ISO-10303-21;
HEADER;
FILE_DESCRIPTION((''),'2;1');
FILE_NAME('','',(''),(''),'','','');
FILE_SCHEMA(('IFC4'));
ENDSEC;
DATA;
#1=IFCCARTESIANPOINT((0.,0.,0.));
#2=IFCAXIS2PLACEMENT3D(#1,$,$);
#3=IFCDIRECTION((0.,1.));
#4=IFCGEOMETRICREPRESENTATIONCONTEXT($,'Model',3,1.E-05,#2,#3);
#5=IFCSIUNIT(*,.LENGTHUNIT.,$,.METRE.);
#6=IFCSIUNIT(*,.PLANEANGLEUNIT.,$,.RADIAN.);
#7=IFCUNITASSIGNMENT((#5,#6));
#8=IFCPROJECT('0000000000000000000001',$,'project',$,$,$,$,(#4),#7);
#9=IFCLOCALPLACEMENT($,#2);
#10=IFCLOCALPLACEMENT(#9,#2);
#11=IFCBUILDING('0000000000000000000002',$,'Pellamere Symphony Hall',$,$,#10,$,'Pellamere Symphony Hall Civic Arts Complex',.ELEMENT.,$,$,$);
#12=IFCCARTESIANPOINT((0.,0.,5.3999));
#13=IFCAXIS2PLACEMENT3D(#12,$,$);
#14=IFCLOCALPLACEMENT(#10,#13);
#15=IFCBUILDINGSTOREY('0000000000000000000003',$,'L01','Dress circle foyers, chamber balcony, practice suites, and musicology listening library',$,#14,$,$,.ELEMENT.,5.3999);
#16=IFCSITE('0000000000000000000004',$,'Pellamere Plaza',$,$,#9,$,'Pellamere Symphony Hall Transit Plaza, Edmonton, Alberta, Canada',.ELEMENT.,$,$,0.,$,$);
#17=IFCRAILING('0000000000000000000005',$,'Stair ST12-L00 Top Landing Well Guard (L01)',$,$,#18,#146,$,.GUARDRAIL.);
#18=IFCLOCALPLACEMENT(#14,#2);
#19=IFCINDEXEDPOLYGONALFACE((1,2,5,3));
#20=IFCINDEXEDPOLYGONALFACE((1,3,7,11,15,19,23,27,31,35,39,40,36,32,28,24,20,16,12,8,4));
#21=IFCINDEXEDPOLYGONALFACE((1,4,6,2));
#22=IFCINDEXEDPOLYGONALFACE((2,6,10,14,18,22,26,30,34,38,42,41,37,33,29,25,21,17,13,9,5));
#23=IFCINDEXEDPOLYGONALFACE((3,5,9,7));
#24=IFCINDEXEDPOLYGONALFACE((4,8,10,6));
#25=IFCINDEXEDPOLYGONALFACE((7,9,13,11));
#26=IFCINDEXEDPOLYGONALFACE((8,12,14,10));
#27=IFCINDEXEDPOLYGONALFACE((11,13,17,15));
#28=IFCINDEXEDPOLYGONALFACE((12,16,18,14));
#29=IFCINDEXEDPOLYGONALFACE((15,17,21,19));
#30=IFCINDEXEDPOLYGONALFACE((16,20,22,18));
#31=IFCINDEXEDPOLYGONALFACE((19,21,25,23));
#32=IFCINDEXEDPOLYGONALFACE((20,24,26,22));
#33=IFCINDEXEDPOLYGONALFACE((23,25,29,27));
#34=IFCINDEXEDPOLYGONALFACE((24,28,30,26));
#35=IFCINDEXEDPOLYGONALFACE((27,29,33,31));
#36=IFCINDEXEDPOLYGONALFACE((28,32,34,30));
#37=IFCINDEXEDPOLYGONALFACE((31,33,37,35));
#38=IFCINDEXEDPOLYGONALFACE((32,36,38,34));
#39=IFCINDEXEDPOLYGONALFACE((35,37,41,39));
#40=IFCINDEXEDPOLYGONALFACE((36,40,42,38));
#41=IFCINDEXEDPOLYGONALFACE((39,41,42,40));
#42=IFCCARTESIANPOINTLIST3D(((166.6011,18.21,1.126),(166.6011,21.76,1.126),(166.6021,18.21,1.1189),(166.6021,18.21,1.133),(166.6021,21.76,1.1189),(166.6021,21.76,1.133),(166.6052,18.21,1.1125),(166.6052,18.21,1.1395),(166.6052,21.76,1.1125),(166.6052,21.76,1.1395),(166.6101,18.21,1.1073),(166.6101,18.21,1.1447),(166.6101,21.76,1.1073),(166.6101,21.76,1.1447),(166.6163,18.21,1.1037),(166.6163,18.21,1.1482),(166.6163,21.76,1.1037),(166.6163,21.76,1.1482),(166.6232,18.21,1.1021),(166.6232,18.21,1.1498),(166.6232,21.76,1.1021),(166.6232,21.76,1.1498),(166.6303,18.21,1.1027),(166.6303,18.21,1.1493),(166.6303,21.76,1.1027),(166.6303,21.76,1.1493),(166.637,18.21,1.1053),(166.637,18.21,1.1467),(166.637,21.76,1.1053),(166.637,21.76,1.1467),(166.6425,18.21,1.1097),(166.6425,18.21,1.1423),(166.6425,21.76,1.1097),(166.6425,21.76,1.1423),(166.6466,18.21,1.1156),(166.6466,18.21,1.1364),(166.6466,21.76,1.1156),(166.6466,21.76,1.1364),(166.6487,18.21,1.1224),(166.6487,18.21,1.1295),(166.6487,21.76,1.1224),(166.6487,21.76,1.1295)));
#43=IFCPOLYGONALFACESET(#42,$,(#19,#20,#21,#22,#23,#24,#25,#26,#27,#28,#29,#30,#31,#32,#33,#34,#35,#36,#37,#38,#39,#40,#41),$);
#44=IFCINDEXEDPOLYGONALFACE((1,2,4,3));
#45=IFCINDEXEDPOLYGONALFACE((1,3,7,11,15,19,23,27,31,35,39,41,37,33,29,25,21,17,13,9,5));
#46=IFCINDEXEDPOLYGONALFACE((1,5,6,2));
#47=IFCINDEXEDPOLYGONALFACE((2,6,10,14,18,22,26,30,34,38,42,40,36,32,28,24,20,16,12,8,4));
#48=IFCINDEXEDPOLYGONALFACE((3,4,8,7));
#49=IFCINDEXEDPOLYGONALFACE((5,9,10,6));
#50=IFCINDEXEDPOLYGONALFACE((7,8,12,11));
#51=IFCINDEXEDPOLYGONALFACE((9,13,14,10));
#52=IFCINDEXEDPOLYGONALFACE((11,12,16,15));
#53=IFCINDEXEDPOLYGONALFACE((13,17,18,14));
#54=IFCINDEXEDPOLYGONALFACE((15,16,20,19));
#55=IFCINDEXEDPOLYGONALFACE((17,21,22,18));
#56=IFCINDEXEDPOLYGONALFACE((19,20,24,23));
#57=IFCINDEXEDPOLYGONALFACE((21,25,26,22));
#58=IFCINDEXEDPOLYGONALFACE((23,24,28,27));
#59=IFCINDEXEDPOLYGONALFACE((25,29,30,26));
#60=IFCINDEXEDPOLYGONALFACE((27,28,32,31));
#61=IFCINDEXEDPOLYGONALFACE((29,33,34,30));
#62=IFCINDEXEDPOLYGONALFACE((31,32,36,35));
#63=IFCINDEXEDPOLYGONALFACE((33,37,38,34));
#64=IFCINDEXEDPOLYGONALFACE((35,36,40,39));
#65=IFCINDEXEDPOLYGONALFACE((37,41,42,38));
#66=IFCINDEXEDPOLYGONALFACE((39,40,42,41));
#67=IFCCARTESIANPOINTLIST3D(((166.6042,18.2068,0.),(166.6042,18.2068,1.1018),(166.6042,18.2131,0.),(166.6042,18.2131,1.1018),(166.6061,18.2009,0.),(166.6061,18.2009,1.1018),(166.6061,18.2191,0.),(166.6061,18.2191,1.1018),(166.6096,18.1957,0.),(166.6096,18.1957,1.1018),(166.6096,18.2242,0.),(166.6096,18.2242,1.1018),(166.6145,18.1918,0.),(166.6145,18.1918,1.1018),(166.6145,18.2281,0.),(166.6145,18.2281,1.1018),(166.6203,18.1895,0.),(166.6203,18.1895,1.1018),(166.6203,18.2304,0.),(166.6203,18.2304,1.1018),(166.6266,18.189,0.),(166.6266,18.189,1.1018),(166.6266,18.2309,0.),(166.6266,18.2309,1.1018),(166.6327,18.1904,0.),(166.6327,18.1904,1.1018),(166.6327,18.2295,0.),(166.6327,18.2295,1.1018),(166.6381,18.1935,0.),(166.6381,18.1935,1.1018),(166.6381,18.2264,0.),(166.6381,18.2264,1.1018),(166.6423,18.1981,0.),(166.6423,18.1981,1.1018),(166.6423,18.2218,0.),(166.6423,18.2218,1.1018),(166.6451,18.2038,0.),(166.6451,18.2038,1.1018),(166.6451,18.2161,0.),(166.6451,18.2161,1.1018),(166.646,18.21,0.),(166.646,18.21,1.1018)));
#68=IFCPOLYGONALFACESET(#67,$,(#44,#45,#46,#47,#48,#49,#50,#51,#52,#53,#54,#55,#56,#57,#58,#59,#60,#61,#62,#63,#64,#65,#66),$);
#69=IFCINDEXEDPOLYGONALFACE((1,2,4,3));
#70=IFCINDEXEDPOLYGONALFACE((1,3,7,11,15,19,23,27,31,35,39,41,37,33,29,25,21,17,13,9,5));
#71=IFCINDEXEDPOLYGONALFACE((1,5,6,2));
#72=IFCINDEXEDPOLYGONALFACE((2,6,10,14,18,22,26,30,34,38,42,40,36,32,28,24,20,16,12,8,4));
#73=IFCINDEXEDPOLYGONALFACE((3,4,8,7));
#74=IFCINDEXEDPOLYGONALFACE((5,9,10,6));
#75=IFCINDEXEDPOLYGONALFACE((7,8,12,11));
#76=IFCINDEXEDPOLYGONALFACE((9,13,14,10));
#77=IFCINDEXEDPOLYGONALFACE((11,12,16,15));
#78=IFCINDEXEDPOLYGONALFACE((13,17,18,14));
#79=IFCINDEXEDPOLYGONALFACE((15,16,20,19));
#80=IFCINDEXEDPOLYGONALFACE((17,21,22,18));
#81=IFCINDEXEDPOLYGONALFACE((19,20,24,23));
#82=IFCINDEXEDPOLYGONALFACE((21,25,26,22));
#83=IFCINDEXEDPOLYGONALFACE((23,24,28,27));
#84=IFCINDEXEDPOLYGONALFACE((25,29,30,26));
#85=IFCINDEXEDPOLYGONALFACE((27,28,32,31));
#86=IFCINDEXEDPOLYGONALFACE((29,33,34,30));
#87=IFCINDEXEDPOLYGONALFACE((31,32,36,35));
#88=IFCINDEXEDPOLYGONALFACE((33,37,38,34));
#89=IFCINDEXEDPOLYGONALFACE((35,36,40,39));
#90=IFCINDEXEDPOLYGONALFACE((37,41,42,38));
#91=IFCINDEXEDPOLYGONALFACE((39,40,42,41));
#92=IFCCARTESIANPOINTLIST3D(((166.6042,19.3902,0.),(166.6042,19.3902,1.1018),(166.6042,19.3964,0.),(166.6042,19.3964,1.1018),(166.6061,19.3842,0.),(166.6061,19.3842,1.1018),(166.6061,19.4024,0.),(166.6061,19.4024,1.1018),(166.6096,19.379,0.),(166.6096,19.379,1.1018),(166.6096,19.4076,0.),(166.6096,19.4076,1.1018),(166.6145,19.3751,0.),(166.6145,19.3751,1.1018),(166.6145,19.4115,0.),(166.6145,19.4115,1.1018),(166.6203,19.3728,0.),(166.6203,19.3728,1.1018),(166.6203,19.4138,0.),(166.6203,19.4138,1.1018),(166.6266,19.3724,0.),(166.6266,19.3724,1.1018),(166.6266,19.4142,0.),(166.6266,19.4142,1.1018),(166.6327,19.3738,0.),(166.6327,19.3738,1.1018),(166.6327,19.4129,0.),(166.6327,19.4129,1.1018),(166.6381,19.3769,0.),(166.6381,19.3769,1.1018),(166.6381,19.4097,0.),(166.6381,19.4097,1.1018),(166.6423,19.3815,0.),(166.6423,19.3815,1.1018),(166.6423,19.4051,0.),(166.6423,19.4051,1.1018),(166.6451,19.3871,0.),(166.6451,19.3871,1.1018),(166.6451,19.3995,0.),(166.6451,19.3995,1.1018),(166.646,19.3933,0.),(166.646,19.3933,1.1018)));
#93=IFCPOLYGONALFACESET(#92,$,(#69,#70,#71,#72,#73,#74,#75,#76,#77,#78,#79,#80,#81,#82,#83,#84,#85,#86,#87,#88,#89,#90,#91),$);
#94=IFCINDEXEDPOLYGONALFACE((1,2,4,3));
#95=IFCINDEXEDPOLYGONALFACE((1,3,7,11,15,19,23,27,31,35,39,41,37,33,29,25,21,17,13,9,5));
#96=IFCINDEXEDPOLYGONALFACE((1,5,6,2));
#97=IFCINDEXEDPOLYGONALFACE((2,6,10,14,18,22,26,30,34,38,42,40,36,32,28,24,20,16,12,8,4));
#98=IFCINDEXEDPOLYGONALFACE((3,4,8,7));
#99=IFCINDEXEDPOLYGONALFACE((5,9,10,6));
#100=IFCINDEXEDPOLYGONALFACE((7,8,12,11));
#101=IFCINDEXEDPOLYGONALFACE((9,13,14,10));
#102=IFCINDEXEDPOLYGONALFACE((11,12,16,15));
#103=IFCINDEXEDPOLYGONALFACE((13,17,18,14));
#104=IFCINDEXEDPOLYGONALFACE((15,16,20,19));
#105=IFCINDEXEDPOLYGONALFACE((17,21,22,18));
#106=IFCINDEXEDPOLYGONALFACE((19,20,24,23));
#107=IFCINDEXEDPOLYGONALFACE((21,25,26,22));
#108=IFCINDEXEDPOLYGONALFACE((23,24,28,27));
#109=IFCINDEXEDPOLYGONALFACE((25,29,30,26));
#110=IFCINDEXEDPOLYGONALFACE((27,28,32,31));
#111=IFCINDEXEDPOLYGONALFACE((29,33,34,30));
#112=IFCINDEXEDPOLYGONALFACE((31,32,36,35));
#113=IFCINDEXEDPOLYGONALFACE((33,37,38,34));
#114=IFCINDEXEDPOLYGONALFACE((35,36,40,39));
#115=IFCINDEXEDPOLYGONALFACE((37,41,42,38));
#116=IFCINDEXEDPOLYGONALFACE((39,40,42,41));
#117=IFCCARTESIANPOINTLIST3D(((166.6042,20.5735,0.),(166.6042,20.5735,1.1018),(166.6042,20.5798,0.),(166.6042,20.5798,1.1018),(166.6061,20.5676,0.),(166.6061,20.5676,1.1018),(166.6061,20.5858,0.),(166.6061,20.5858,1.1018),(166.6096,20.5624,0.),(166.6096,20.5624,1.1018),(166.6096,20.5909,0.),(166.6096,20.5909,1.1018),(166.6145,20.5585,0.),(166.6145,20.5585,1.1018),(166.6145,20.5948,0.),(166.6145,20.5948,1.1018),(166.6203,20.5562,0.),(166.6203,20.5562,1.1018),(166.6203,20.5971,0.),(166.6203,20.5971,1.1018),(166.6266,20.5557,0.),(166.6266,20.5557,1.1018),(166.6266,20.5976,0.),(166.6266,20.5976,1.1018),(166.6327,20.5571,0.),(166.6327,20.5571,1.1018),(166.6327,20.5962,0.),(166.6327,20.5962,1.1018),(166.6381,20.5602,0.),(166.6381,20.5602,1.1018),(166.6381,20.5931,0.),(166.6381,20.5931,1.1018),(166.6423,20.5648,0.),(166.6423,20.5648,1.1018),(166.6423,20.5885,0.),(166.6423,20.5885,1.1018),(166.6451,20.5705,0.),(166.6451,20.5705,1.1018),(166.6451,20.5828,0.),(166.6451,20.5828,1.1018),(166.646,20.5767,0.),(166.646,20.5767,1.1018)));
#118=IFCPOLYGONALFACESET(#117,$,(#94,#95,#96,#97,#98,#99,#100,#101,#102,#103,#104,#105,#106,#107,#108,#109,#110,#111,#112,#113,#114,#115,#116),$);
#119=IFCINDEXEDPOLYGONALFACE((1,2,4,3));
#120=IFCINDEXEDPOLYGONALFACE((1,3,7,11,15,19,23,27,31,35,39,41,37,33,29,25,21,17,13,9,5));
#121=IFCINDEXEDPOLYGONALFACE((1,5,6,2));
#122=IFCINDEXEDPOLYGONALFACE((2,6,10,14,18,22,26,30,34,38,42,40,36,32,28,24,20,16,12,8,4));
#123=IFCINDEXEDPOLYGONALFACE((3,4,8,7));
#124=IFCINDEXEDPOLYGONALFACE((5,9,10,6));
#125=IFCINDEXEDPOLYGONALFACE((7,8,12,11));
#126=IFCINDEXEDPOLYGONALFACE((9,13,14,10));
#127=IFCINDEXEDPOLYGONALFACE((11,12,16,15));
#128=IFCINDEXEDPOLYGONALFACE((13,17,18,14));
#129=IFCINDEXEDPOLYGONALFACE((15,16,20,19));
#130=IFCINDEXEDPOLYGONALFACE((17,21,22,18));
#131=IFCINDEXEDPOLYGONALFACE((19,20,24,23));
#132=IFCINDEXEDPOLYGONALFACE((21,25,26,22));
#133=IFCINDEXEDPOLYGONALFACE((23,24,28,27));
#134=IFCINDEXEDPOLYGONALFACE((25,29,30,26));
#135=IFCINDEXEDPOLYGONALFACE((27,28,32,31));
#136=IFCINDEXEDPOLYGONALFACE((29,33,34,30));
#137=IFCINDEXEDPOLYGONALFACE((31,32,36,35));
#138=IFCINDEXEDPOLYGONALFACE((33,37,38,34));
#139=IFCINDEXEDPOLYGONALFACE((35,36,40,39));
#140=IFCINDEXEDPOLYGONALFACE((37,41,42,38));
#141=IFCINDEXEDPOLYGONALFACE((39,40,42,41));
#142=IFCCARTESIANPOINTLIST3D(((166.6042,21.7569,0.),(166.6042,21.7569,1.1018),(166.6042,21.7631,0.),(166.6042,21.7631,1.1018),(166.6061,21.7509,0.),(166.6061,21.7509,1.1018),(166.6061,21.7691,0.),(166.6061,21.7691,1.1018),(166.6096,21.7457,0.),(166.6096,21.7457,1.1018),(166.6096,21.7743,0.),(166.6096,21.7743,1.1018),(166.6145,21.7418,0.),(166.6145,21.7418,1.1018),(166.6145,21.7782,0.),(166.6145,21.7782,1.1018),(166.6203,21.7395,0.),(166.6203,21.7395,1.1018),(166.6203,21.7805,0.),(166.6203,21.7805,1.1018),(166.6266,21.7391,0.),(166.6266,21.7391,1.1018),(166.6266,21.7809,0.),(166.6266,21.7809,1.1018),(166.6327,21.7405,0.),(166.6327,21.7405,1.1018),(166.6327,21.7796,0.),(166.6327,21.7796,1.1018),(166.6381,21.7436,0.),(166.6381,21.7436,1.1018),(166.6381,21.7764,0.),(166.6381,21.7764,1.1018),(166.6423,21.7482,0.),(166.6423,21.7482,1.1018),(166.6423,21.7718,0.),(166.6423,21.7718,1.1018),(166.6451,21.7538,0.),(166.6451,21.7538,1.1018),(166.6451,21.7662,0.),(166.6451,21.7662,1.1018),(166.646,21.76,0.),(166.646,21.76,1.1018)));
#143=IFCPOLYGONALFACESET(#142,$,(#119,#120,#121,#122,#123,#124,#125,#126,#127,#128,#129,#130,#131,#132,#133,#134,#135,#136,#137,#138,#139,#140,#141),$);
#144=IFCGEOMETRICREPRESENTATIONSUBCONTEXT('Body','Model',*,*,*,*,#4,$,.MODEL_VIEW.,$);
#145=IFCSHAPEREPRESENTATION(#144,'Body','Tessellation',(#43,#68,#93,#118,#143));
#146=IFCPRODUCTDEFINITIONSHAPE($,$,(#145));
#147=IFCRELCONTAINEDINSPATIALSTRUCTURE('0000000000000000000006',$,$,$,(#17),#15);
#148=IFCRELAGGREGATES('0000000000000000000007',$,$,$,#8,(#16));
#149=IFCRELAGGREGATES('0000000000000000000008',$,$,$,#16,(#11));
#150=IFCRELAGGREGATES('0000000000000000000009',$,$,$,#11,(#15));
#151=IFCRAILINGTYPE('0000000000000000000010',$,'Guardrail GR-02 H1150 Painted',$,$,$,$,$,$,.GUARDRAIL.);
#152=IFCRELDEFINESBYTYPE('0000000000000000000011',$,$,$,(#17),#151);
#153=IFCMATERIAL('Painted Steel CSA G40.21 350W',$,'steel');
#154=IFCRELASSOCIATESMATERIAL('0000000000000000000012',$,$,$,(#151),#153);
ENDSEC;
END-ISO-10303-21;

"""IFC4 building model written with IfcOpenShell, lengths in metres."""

from ifc_helpers import new_model, si_unit, direction, frame, origin, origin_2d, place, context, subcontext, project, spatial, circle, extrude, material, type_object, element, save


model = new_model("IFC4")

# Units and contexts
model_context = context("Model", 3, precision=1e-05, world=origin(), true_north=direction((0.0, 1.0)))
body_context = subcontext(model_context, "Body", "Model", "MODEL_VIEW")
ifc_project = project(units=[si_unit("LENGTHUNIT", "METRE"), si_unit("PLANEANGLEUNIT", "RADIAN")], contexts=[model_context])

# Site, building, storey
site_placement = place(None, origin())
site = spatial("IfcSite", under=ifc_project, at=site_placement, Name="Pellamere Plaza", LongName="Pellamere Symphony Hall Transit Plaza, Edmonton, Alberta, Canada", CompositionType="ELEMENT", RefElevation=0.0)
building_placement = place(site_placement, origin())
building = spatial("IfcBuilding", under=site, at=building_placement, Name="Pellamere Symphony Hall", LongName="Pellamere Symphony Hall Civic Arts Complex", CompositionType="ELEMENT")
storey_placement = place(building_placement, frame((0.0, 0.0, 5.3999)))
storey = spatial("IfcBuildingStorey", under=building, at=storey_placement, Name="L01", Description="Dress circle foyers, chamber balcony, practice suites, and musicology listening library", CompositionType="ELEMENT", Elevation=5.3999)

# Railing
ifc_material_1 = material(Name="Painted Steel CSA G40.21 350W", Category="steel")
railing_type = type_object("IfcRailingType", Name="Guardrail GR-02 H1150 Painted", PredefinedType="GUARDRAIL", material=ifc_material_1)
railing_placement = place(storey_placement, frame((166.625, 18.21, 0.0)))
element("IfcRailing", 1, at=railing_placement, inside=storey, type_object=railing_type, Name="Stair ST12-L00 Top Landing Well Guard (L01)", PredefinedType="GUARDRAIL", context=body_context, shape_type="SweptSolid", body=[
    extrude(circle(Radius=0.0239, at=origin_2d()), frame((0.0, 0.0, 1.126), z_axis=(0.0, 1.0, 0.0), x_axis=(-1.0, 0.0, 0.0)), (0.0, 0.0, 1.0), 3.55),
    extrude(circle(Radius=0.021, at=origin_2d()), origin(), (0.0, 0.0, 1.0), 1.1018),
    extrude(circle(Radius=0.021, at=origin_2d()), frame((0.0, 1.1833, 0.0)), (0.0, 0.0, 1.0), 1.1018),
    extrude(circle(Radius=0.021, at=origin_2d()), frame((0.0, 2.3667, 0.0)), (0.0, 0.0, 1.0), 1.1018),
    extrude(circle(Radius=0.021, at=origin_2d()), frame((0.0, 3.55, 0.0)), (0.0, 0.0, 1.0), 1.1018),
])

save(model, "model.ifc")
